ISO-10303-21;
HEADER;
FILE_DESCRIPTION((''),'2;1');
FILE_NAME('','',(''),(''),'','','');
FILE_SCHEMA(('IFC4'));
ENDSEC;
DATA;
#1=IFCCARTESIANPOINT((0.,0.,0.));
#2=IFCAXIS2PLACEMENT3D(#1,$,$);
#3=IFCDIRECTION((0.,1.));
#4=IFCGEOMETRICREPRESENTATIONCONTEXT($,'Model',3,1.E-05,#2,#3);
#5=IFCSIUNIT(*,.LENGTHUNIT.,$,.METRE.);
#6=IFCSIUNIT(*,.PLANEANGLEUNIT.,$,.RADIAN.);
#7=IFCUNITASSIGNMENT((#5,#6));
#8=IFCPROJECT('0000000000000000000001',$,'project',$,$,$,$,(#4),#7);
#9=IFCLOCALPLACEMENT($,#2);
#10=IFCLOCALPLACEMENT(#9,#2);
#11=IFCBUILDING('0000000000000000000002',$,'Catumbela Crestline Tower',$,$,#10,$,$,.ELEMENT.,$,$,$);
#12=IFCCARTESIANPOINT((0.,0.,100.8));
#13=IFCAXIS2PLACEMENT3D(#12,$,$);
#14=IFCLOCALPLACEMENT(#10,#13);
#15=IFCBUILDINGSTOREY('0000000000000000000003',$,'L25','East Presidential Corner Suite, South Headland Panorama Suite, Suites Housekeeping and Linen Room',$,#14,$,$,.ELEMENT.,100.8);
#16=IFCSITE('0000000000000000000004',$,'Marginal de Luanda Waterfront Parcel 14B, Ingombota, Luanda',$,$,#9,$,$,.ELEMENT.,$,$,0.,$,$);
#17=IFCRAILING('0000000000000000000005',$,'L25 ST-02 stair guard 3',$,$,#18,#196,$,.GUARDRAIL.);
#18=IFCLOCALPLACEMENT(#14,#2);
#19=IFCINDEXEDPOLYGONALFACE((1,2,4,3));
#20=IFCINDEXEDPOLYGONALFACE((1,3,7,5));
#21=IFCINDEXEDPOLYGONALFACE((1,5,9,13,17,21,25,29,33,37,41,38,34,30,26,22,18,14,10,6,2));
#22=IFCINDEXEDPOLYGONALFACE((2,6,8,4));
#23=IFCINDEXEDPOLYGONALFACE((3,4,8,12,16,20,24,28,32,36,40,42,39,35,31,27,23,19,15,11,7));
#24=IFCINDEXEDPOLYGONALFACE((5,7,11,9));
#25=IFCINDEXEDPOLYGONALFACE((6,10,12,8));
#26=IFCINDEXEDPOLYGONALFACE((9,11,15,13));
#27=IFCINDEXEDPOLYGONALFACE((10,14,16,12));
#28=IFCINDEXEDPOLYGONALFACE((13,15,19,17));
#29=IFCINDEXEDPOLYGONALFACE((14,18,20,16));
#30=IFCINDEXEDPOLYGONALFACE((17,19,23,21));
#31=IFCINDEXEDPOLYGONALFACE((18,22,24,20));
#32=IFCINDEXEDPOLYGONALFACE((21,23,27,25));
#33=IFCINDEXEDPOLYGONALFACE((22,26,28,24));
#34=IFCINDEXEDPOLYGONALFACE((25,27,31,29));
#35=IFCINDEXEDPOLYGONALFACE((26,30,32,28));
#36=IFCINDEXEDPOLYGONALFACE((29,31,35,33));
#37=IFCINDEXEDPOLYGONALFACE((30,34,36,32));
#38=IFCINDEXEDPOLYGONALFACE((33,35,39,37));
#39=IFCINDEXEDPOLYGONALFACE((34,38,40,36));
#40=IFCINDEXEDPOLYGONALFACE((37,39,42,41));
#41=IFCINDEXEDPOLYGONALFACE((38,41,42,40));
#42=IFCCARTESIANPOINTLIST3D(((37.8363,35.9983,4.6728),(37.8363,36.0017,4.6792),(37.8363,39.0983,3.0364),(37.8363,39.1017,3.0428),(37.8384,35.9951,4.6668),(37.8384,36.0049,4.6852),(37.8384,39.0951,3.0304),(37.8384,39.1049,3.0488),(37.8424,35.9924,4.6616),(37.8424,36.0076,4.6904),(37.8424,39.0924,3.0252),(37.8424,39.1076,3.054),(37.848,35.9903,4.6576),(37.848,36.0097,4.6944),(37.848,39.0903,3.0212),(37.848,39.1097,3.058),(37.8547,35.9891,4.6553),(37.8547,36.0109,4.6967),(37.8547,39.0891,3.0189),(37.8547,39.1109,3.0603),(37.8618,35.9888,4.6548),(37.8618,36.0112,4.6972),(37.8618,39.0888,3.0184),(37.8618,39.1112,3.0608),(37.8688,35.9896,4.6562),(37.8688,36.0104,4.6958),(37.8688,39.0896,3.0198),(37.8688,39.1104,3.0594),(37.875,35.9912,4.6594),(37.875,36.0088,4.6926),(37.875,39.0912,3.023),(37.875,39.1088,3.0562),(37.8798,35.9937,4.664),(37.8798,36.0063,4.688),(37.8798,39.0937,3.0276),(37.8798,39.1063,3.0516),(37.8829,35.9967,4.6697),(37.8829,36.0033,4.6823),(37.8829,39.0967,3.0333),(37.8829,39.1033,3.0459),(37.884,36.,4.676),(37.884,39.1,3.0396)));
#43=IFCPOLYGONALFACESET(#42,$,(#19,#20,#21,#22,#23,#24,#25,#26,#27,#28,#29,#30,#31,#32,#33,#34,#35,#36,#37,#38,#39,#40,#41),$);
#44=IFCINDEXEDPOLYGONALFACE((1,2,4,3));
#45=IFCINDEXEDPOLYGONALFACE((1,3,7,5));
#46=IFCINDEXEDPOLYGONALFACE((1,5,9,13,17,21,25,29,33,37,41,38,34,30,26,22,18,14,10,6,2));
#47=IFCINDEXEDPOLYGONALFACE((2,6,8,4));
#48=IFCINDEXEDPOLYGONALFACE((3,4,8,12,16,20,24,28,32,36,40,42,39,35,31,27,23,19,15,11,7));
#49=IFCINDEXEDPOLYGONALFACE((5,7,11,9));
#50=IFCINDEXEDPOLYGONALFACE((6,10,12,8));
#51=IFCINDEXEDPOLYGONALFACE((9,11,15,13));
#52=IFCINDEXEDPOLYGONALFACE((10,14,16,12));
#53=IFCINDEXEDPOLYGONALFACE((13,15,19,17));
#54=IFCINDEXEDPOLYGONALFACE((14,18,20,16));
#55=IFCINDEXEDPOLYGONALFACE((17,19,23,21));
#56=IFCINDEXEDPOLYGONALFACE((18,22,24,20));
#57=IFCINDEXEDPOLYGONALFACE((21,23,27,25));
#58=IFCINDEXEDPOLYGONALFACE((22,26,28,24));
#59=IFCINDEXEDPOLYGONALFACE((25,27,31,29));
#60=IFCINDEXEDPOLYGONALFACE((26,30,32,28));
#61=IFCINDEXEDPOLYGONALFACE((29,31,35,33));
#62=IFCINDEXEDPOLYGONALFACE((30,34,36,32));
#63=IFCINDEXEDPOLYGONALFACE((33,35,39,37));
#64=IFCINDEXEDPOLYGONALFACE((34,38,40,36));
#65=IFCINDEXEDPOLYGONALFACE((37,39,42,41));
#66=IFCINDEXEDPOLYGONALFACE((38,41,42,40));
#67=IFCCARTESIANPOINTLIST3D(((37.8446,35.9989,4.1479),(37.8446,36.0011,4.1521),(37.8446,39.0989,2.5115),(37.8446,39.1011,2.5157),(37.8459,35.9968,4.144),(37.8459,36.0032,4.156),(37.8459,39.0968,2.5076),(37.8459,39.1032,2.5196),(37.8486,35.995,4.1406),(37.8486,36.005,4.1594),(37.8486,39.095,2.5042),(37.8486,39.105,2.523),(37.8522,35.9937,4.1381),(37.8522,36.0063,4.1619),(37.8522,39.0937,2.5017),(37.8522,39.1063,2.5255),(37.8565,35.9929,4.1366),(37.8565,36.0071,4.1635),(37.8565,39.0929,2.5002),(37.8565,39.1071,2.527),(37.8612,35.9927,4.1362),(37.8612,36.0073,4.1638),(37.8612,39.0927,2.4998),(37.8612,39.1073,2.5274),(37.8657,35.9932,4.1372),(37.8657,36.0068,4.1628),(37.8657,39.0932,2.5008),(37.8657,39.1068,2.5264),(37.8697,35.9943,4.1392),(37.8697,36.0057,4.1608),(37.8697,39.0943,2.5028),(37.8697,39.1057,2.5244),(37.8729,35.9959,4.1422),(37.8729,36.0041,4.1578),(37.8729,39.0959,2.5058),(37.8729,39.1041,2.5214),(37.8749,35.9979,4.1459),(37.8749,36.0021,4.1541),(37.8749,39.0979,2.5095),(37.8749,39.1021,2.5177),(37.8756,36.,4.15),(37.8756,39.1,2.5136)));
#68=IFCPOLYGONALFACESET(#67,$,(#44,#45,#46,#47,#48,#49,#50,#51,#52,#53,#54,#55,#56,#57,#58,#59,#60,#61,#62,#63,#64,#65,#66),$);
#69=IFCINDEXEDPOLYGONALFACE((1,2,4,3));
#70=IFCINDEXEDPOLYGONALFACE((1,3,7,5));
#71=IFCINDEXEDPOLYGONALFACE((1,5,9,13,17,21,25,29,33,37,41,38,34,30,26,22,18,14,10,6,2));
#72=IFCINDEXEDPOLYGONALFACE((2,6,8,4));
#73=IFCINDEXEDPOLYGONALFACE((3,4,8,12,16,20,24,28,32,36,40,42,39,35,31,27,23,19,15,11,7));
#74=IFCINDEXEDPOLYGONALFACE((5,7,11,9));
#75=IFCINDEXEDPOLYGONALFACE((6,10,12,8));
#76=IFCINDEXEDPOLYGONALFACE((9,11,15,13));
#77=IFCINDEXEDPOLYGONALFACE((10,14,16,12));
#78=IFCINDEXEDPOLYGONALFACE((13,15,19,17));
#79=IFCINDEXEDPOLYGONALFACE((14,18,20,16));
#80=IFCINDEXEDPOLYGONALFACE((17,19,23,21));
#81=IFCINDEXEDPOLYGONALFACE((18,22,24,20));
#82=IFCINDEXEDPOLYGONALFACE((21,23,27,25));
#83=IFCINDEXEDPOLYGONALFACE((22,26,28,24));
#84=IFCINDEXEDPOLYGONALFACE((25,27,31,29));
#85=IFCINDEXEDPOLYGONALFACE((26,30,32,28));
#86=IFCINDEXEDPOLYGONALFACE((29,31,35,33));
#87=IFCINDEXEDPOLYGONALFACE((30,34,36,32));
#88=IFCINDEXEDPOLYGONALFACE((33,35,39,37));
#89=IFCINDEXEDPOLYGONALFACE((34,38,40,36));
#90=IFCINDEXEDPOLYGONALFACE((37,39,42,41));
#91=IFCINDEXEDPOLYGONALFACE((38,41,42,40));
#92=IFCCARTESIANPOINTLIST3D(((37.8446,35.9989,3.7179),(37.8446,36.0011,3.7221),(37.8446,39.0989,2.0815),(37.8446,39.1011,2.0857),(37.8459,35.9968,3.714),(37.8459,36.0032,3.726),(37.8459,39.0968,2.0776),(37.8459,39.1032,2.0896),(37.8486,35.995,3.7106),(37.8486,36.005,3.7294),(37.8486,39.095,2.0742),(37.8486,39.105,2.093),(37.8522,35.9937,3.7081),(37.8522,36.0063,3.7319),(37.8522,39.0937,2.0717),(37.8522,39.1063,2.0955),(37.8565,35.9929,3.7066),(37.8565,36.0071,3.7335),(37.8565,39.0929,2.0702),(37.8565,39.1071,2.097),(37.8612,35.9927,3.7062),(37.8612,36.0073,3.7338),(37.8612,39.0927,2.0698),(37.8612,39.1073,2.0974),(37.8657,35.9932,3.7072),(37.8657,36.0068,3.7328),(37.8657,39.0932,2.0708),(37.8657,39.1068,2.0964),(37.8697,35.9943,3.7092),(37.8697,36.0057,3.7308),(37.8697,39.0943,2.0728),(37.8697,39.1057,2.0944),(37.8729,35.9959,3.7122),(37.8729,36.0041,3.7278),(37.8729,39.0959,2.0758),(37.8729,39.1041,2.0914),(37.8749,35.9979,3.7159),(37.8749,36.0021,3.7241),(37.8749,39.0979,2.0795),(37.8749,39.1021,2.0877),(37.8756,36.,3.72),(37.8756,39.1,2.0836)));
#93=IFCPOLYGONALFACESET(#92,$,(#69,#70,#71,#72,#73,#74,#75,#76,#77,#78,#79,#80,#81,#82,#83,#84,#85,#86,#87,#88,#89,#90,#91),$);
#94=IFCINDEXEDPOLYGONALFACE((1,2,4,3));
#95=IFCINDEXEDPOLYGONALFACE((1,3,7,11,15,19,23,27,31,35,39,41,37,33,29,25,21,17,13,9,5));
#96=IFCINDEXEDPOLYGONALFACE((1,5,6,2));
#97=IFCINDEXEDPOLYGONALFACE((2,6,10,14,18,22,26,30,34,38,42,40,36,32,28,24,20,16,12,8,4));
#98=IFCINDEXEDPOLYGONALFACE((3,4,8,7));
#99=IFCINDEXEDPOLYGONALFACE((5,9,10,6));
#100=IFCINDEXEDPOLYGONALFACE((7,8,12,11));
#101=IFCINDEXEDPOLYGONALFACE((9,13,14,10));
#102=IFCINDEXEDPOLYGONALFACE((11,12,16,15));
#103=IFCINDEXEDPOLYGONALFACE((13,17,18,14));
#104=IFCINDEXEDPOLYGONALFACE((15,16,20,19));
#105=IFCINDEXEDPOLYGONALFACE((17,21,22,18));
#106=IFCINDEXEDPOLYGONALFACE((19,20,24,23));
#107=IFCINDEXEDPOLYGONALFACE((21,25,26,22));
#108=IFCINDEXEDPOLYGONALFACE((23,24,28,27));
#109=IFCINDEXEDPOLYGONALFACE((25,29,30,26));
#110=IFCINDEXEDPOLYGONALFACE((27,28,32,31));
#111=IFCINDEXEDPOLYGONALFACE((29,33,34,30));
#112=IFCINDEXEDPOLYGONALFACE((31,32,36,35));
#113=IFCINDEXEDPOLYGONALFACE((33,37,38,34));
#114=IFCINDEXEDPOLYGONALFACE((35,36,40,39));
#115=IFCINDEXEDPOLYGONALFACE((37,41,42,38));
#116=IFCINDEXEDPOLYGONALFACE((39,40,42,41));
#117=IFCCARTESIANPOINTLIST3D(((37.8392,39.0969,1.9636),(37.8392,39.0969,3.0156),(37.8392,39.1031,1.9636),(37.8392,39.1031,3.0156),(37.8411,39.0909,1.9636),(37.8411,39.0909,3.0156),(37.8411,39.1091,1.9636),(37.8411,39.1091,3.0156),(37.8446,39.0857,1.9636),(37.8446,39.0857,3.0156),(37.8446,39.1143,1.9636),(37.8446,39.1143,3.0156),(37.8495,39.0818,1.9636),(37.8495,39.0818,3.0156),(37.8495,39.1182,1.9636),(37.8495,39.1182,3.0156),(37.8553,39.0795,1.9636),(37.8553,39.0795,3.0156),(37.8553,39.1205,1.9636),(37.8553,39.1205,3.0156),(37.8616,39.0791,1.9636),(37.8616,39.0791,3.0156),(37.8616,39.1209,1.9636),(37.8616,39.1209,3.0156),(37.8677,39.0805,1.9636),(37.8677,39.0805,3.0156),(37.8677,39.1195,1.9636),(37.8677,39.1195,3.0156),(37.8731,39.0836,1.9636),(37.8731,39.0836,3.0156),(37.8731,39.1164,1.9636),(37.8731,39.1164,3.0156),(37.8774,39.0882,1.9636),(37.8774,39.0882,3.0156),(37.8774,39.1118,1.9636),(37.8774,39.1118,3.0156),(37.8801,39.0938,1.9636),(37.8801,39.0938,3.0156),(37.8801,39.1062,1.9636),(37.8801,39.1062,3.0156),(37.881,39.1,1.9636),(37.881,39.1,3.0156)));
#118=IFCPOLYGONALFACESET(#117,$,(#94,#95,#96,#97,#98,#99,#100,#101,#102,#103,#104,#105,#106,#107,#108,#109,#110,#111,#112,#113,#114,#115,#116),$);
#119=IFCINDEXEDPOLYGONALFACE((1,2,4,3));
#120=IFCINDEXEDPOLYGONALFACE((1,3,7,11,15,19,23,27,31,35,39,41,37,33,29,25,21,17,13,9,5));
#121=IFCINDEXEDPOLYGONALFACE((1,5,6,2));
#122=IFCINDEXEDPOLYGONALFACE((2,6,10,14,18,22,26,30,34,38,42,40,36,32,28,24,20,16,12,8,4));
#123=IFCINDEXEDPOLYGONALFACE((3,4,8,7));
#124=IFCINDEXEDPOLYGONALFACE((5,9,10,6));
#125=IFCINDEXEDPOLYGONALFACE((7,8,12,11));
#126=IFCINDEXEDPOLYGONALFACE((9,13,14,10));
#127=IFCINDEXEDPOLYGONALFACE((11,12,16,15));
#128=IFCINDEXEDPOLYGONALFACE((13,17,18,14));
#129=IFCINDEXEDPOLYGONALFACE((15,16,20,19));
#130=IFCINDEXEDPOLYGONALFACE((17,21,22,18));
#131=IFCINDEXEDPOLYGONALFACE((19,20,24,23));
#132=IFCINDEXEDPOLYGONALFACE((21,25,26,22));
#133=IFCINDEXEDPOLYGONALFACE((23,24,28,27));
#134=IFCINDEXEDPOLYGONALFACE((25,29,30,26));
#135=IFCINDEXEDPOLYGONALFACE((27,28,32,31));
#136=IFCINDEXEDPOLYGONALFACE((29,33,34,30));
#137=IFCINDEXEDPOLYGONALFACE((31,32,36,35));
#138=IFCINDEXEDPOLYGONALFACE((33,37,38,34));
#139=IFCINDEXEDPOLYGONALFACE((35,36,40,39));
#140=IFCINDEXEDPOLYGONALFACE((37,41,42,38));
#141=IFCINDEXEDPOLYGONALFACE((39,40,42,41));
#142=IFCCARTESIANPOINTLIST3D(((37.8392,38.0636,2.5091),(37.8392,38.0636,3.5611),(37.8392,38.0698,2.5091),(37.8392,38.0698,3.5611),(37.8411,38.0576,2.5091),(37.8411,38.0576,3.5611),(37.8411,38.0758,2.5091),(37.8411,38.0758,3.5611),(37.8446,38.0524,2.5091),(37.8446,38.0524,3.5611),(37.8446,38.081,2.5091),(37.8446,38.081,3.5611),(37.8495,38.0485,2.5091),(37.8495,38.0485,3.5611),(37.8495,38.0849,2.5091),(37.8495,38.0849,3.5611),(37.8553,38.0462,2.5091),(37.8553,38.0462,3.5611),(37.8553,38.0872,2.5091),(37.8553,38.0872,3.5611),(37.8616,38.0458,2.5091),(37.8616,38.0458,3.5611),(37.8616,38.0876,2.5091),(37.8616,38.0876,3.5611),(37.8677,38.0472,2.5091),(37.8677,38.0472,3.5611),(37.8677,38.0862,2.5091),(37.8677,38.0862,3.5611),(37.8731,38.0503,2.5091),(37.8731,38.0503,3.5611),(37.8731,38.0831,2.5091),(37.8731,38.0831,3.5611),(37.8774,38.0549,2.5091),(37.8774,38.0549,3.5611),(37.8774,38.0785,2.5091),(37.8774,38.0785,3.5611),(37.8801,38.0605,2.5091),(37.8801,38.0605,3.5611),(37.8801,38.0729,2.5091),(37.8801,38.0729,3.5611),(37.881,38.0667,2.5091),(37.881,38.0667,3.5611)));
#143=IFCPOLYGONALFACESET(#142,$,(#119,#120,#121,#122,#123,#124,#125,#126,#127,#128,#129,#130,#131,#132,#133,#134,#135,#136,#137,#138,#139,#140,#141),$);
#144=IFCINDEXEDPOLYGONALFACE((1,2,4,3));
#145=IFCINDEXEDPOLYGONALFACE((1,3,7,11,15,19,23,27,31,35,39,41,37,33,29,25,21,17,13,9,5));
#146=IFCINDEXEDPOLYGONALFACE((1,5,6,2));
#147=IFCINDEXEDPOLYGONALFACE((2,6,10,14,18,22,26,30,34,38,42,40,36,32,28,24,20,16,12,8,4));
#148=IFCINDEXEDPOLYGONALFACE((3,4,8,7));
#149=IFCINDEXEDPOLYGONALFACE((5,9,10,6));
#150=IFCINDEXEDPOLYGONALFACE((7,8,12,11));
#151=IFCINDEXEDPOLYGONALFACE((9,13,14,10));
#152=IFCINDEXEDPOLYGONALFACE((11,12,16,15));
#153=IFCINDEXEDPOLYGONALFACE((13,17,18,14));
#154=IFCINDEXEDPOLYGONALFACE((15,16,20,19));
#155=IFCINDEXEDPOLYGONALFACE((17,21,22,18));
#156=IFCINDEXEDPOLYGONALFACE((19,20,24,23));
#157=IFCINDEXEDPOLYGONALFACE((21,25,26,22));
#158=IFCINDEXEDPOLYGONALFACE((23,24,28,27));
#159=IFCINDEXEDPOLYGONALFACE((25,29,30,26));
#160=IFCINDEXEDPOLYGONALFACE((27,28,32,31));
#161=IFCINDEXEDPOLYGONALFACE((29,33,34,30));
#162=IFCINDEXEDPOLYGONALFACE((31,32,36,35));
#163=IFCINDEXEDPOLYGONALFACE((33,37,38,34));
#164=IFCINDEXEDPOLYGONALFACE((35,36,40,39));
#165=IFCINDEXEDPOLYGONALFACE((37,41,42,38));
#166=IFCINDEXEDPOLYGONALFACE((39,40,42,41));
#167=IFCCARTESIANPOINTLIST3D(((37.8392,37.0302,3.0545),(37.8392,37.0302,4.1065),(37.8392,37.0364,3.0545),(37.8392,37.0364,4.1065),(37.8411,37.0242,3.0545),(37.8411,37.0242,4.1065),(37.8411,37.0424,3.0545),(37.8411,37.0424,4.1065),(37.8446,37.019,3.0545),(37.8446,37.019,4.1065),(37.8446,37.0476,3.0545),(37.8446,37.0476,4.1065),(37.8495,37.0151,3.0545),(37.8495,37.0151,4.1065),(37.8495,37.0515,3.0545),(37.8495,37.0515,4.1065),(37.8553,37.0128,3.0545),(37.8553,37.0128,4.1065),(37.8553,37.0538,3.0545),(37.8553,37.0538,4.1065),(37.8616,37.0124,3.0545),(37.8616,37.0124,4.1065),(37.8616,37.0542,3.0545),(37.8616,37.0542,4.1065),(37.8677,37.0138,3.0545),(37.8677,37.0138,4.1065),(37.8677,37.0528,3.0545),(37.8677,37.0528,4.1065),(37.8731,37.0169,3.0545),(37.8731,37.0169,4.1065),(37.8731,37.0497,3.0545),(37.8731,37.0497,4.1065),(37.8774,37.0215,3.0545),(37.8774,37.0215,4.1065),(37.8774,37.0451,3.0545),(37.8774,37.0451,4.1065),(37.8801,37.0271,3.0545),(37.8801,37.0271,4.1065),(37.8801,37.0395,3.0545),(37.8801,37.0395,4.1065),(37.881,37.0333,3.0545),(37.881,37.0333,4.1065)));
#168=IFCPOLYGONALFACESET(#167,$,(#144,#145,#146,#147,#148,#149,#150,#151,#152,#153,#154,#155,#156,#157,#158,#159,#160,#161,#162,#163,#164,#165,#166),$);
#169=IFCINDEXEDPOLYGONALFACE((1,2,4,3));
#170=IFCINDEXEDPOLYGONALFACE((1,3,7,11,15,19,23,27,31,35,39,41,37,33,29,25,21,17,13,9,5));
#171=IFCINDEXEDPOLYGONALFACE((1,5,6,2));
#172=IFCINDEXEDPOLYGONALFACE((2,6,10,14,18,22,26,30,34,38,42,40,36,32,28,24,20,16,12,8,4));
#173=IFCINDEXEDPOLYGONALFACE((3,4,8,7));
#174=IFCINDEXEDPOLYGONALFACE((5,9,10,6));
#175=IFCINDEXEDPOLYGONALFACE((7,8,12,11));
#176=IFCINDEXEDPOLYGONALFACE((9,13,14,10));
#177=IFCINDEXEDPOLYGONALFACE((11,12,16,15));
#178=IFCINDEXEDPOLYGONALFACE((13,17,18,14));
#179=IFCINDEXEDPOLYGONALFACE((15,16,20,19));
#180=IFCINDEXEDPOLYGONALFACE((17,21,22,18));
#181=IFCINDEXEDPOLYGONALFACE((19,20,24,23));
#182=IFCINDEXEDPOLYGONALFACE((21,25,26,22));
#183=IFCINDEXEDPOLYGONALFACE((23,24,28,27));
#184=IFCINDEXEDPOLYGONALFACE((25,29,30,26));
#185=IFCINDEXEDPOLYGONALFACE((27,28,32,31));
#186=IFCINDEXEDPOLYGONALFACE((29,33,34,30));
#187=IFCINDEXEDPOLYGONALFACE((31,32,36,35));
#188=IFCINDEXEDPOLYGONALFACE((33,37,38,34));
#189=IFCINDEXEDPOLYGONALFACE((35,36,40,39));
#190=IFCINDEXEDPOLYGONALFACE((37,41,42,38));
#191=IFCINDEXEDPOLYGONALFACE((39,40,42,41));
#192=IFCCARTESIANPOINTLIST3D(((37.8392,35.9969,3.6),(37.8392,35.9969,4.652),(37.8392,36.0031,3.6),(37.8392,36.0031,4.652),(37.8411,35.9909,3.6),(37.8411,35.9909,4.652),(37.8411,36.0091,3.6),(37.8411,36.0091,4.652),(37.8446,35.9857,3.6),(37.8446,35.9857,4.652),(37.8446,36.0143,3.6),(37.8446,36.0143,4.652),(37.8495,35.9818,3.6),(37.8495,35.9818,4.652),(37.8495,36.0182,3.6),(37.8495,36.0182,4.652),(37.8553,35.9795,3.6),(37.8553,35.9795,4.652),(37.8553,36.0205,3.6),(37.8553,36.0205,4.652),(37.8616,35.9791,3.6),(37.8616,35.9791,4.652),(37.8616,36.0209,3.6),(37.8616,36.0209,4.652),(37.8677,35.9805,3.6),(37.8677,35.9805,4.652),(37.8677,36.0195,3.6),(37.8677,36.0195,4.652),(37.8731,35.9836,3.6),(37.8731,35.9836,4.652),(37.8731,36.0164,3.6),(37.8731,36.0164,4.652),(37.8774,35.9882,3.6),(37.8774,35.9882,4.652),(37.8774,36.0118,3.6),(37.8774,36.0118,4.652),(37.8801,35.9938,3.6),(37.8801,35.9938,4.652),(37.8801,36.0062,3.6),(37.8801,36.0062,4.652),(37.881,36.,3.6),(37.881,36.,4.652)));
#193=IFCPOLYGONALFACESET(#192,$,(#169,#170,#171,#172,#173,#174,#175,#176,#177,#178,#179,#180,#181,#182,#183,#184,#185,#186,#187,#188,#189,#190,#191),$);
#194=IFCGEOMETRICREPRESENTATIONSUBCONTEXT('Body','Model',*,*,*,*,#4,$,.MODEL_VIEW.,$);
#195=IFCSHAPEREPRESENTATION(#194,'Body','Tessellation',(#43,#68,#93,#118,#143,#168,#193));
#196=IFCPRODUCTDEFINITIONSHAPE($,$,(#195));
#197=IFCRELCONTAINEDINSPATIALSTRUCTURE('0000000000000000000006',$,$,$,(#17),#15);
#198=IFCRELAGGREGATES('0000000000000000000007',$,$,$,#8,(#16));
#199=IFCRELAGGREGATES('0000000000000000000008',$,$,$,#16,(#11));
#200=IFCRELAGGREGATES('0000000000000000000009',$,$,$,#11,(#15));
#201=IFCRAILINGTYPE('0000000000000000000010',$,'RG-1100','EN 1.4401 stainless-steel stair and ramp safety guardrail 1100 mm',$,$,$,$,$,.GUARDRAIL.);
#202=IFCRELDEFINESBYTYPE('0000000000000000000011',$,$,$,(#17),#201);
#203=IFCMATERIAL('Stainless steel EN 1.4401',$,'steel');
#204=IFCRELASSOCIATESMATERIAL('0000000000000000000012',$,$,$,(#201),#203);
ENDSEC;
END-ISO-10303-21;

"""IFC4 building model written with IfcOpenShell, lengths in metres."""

from ifc_helpers import new_model, si_unit, direction, frame, origin, origin_2d, place, context, subcontext, project, spatial, circle, extrude, material, type_object, element, save


model = new_model("IFC4")

# Units and contexts
model_context = context("Model", 3, precision=1e-05, world=origin(), true_north=direction((0.0, 1.0)))
body_context = subcontext(model_context, "Body", "Model", "MODEL_VIEW")
ifc_project = project(units=[si_unit("LENGTHUNIT", "METRE"), si_unit("PLANEANGLEUNIT", "RADIAN")], contexts=[model_context])

# Site, building, storey
site_placement = place(None, origin())
site = spatial("IfcSite", under=ifc_project, at=site_placement, Name="Marginal de Luanda Waterfront Parcel 14B, Ingombota, Luanda", CompositionType="ELEMENT", RefElevation=0.0)
building_placement = place(site_placement, origin())
building = spatial("IfcBuilding", under=site, at=building_placement, Name="Catumbela Crestline Tower", CompositionType="ELEMENT")
storey_placement = place(building_placement, frame((0.0, 0.0, 100.8)))
storey = spatial("IfcBuildingStorey", under=building, at=storey_placement, Name="L25", Description="East Presidential Corner Suite, South Headland Panorama Suite, Suites Housekeeping and Linen Room", CompositionType="ELEMENT", Elevation=100.8)

# Shared definitions
ifc_material_1 = material(Name="Stainless steel EN 1.4401", Category="steel")

# Railing
railing_type_1 = type_object("IfcRailingType", Name="RG-1100", Description="EN 1.4401 stainless-steel stair and ramp safety guardrail 1100 mm", PredefinedType="GUARDRAIL", material=ifc_material_1)
railing_1_placement = place(storey_placement, frame((37.86, 39.1, 1.9636)))
element("IfcRailing", 1, at=railing_1_placement, inside=storey, type_object=railing_type_1, Name="L25 ST-02 stair guard 3", PredefinedType="GUARDRAIL", context=body_context, shape_type="SweptSolid", body=[
    extrude(circle(Radius=0.024, at=origin_2d()), frame((0.0, 0.0, 1.076), z_axis=(0.0, -0.884351, 0.466823), x_axis=(1.0, 0.0, 0.0)), (0.0, 0.0, 1.0), 3.5054),
    extrude(circle(Radius=0.0156, at=origin_2d()), frame((0.0, 0.0, 0.55), z_axis=(0.0, -0.884351, 0.466823), x_axis=(1.0, 0.0, 0.0)), (0.0, 0.0, 1.0), 3.5054),
    extrude(circle(Radius=0.0156, at=origin_2d()), frame((0.0, 0.0, 0.12), z_axis=(0.0, -0.884351, 0.466823), x_axis=(1.0, 0.0, 0.0)), (0.0, 0.0, 1.0), 3.5054),
    extrude(circle(Radius=0.021, at=origin_2d()), origin(), (0.0, 0.0, 1.0), 1.052),
    extrude(circle(Radius=0.021, at=origin_2d()), frame((0.0, -1.0333, 0.5455)), (0.0, 0.0, 1.0), 1.052),
    extrude(circle(Radius=0.021, at=origin_2d()), frame((0.0, -2.0667, 1.0909)), (0.0, 0.0, 1.0), 1.052),
    extrude(circle(Radius=0.021, at=origin_2d()), frame((0.0, -3.1, 1.6364)), (0.0, 0.0, 1.0), 1.052),
])

save(model, "model.ifc")
